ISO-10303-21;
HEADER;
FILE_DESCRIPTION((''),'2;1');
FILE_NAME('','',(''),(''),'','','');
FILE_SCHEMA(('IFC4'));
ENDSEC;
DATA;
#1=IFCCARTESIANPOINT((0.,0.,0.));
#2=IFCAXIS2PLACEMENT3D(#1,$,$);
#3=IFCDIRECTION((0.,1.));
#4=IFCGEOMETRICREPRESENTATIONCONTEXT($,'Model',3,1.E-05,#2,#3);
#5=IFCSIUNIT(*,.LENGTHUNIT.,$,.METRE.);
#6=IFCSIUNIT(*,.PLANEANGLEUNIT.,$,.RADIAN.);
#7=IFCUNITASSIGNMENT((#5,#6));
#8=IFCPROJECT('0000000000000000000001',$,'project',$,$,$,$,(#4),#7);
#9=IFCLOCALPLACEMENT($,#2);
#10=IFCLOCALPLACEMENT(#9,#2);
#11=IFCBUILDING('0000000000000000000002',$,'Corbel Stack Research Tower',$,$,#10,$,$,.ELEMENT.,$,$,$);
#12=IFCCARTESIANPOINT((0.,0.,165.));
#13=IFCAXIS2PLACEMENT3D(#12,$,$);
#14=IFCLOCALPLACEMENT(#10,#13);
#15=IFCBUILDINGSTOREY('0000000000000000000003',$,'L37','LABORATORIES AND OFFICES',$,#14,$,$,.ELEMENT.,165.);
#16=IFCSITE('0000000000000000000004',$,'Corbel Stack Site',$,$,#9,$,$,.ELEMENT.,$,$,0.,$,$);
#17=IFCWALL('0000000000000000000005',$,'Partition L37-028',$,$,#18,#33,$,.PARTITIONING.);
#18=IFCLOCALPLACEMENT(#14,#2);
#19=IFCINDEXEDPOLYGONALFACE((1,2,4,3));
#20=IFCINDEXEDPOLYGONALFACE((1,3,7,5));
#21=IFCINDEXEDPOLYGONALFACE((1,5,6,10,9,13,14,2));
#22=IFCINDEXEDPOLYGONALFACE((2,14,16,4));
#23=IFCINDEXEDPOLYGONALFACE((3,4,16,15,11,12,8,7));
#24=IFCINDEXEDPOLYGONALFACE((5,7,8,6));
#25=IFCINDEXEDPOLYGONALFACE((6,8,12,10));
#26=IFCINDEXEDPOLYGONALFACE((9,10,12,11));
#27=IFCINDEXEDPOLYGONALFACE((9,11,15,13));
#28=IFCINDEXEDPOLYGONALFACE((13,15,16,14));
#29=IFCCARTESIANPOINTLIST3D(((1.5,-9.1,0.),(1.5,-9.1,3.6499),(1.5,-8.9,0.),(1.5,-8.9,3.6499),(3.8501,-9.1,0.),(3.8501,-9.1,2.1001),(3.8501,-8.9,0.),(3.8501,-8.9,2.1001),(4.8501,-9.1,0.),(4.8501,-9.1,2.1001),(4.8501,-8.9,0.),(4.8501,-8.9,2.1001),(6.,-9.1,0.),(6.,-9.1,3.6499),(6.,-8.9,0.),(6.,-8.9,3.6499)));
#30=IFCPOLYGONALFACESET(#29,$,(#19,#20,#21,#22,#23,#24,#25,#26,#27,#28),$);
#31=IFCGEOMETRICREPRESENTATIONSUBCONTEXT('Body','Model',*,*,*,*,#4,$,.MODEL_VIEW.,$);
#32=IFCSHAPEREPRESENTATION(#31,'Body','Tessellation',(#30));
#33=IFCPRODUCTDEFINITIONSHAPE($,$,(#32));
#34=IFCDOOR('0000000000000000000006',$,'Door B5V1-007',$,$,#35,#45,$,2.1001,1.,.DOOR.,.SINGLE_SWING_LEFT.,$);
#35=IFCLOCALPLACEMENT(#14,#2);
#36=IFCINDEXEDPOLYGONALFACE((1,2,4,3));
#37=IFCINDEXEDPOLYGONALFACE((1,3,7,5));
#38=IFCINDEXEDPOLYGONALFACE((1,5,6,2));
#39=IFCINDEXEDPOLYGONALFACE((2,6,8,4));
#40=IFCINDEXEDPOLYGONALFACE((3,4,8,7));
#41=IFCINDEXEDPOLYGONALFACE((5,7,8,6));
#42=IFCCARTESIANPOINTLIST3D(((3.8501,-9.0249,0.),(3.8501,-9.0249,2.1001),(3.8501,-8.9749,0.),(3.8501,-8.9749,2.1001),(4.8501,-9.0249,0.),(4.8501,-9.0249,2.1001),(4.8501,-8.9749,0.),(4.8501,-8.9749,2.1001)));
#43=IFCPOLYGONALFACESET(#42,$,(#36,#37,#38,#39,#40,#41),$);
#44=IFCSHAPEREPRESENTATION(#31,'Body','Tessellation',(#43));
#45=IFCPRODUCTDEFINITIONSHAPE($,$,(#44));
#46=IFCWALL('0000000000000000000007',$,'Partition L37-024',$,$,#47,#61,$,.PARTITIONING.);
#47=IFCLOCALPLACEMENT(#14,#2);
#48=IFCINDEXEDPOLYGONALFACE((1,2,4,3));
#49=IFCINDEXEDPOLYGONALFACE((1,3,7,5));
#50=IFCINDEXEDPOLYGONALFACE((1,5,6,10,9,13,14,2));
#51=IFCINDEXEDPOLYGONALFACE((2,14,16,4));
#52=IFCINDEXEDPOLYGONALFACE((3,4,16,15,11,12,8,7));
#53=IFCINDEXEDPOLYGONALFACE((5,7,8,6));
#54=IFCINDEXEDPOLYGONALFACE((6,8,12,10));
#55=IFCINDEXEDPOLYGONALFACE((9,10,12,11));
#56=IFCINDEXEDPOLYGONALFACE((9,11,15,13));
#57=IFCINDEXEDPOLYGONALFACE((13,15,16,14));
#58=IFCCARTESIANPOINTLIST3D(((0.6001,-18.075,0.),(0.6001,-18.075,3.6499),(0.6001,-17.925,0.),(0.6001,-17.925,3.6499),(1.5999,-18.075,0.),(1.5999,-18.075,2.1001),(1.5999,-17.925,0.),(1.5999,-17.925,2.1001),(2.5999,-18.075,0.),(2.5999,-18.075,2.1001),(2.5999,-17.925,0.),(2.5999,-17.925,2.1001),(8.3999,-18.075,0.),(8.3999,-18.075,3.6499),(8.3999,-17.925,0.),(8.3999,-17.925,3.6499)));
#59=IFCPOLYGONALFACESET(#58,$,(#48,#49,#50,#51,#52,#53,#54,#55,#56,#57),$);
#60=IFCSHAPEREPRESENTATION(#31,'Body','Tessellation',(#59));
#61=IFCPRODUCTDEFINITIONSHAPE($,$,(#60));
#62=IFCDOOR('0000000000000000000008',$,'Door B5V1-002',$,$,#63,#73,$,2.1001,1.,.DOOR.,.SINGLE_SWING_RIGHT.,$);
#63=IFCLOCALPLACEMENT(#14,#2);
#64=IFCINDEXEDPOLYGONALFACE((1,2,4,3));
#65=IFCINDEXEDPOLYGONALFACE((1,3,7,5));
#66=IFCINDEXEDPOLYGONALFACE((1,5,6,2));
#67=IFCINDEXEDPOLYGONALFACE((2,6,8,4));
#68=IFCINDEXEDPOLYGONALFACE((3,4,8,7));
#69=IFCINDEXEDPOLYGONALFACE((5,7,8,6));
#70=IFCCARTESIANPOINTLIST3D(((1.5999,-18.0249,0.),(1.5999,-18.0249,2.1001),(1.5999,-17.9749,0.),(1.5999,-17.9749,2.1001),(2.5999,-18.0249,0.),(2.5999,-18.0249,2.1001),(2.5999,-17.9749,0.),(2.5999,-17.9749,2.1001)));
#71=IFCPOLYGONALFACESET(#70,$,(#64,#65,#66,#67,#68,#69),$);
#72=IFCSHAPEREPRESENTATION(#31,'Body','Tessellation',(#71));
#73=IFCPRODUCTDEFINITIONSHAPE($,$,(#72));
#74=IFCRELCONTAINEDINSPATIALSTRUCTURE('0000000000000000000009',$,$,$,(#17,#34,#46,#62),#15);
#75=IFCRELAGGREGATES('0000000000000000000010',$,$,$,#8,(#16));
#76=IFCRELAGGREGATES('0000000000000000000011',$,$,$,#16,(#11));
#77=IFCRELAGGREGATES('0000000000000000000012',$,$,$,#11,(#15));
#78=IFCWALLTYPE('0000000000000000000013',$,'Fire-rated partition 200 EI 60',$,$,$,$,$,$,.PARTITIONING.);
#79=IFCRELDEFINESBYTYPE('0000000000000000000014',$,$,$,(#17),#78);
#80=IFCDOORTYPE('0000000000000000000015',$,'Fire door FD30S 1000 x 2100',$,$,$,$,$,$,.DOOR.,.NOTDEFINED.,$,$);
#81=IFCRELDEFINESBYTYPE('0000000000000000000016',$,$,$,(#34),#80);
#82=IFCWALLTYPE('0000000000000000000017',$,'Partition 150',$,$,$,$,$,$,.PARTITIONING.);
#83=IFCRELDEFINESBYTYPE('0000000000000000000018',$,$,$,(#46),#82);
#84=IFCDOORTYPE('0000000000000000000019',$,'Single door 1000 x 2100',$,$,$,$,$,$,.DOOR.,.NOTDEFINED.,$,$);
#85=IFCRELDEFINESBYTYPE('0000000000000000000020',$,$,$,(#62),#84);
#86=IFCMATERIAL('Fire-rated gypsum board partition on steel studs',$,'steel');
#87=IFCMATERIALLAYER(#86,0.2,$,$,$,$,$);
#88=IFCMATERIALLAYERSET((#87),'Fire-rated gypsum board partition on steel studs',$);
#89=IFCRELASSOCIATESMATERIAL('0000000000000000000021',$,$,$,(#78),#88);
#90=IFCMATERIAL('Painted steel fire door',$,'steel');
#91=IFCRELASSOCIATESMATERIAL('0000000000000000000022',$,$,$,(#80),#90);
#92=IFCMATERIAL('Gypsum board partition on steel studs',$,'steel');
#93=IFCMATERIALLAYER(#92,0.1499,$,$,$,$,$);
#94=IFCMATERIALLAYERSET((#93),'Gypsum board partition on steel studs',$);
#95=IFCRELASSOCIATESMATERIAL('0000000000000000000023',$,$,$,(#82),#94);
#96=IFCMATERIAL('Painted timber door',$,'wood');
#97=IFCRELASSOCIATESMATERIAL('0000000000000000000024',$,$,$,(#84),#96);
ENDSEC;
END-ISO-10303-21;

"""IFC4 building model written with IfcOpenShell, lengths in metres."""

from ifc_helpers import new_model, si_unit, direction, frame, frame_2d, origin, place, context, subcontext, project, spatial, rectangle, extrude, material, layer, layer_set, type_object, element, fill, save


model = new_model("IFC4")

# Units and contexts
model_context = context("Model", 3, precision=1e-05, world=origin(), true_north=direction((0.0, 1.0)))
body_context = subcontext(model_context, "Body", "Model", "MODEL_VIEW")
ifc_project = project(units=[si_unit("LENGTHUNIT", "METRE"), si_unit("PLANEANGLEUNIT", "RADIAN")], contexts=[model_context])

# Site, building, storey
site_placement = place(None, origin())
site = spatial("IfcSite", under=ifc_project, at=site_placement, Name="Corbel Stack Site", CompositionType="ELEMENT", RefElevation=0.0)
building_placement = place(site_placement, origin())
building = spatial("IfcBuilding", under=site, at=building_placement, Name="Corbel Stack Research Tower", CompositionType="ELEMENT")
storey_placement = place(building_placement, frame((0.0, 0.0, 165.0)))
storey = spatial("IfcBuildingStorey", under=building, at=storey_placement, Name="L37", Description="LABORATORIES AND OFFICES", CompositionType="ELEMENT", Elevation=165.0)

# Shared definitions
ifc_material_1 = material(Name="Fire-rated gypsum board partition on steel studs", Category="steel")
ifc_layer_1 = layer(ifc_material_1, 0.2)
ifc_layer_set_1 = layer_set([ifc_layer_1], Name="Fire-rated gypsum board partition on steel studs")
wall_type_1 = type_object("IfcWallType", Name="Fire-rated partition 200 EI 60", PredefinedType="PARTITIONING", material=ifc_layer_set_1)
ifc_material_2 = material(Name="Painted steel fire door", Category="steel")
door_type_1 = type_object("IfcDoorType", Name="Fire door FD30S 1000 x 2100", OperationType="NOTDEFINED", PredefinedType="DOOR", material=ifc_material_2)

# Walls, openings, doors
wall_1_placement = place(storey_placement, frame((6.0, -9.0, 0.0), z_axis=(0.0, 0.0, 1.0), x_axis=(-1.0, 0.0, 0.0)))
wall_1 = element("IfcWall", 1, at=wall_1_placement, inside=storey, type_object=wall_type_1, Name="Partition L37-028", PredefinedType="PARTITIONING", context=body_context, shape_type="SweptSolid", body=[
    extrude(rectangle(XDim=4.5, YDim=0.2, at=frame_2d((2.25, 0.0))), origin(), (0.0, 0.0, 1.0), 3.6499),
])
opening_1_placement = place(wall_1_placement, frame((1.1499, 0.0, 0.0)))
opening_1 = element("IfcOpeningElement", 2, at=opening_1_placement, cuts=wall_1, PredefinedType="OPENING", context=body_context, shape_type="SweptSolid", body=[
    extrude(rectangle(XDim=1.0, YDim=2.1001, at=frame_2d((0.5, 1.05))), frame((0.0, 0.1099, 0.0), z_axis=(0.0, -1.0, 0.0), x_axis=(1.0, 0.0, 0.0)), (0.0, 0.0, 1.0), 0.22),
])
door_1_placement = place(opening_1_placement, origin())
door_1 = element("IfcDoor", 3, at=door_1_placement, inside=storey, type_object=door_type_1, Name="Door B5V1-007", OperationType="SINGLE_SWING_LEFT", OverallHeight=2.1001, OverallWidth=1.0, PredefinedType="DOOR", context=body_context, shape_type="SweptSolid", body=[
    extrude(rectangle(XDim=1.0, YDim=2.1001, at=frame_2d((0.5, 1.05))), frame((0.0, 0.0249, 0.0), z_axis=(0.0, -1.0, 0.0), x_axis=(1.0, 0.0, 0.0)), (0.0, 0.0, 1.0), 0.05),
])
fill(opening_1, door_1)
ifc_material_3 = material(Name="Gypsum board partition on steel studs", Category="steel")
ifc_layer_2 = layer(ifc_material_3, 0.1499)
ifc_layer_set_2 = layer_set([ifc_layer_2], Name="Gypsum board partition on steel studs")
wall_type_2 = type_object("IfcWallType", Name="Partition 150", PredefinedType="PARTITIONING", material=ifc_layer_set_2)
wall_2_placement = place(storey_placement, frame((8.3999, -18.0, 0.0), z_axis=(0.0, 0.0, 1.0), x_axis=(-1.0, 0.0, 0.0)))
wall_2 = element("IfcWall", 4, at=wall_2_placement, inside=storey, type_object=wall_type_2, Name="Partition L37-024", PredefinedType="PARTITIONING", context=body_context, shape_type="SweptSolid", body=[
    extrude(rectangle(XDim=7.7998, YDim=0.1499, at=frame_2d((3.8999, 0.0))), origin(), (0.0, 0.0, 1.0), 3.6499),
])
opening_2_placement = place(wall_2_placement, frame((5.8, 0.0, 0.0)))
opening_2 = element("IfcOpeningElement", 5, at=opening_2_placement, cuts=wall_2, PredefinedType="OPENING", context=body_context, shape_type="SweptSolid", body=[
    extrude(rectangle(XDim=1.0, YDim=2.1001, at=frame_2d((0.5, 1.05))), frame((0.0, 0.085, 0.0), z_axis=(0.0, -1.0, 0.0), x_axis=(1.0, 0.0, 0.0)), (0.0, 0.0, 1.0), 0.1699),
])
ifc_material_4 = material(Name="Painted timber door", Category="wood")
door_type_2 = type_object("IfcDoorType", Name="Single door 1000 x 2100", OperationType="NOTDEFINED", PredefinedType="DOOR", material=ifc_material_4)
door_2_placement = place(opening_2_placement, origin())
door_2 = element("IfcDoor", 6, at=door_2_placement, inside=storey, type_object=door_type_2, Name="Door B5V1-002", OperationType="SINGLE_SWING_RIGHT", OverallHeight=2.1001, OverallWidth=1.0, PredefinedType="DOOR", context=body_context, shape_type="SweptSolid", body=[
    extrude(rectangle(XDim=1.0, YDim=2.1001, at=frame_2d((0.5, 1.05))), frame((0.0, 0.0249, 0.0), z_axis=(0.0, -1.0, 0.0), x_axis=(1.0, 0.0, 0.0)), (0.0, 0.0, 1.0), 0.05),
])
fill(opening_2, door_2)

save(model, "model.ifc")
